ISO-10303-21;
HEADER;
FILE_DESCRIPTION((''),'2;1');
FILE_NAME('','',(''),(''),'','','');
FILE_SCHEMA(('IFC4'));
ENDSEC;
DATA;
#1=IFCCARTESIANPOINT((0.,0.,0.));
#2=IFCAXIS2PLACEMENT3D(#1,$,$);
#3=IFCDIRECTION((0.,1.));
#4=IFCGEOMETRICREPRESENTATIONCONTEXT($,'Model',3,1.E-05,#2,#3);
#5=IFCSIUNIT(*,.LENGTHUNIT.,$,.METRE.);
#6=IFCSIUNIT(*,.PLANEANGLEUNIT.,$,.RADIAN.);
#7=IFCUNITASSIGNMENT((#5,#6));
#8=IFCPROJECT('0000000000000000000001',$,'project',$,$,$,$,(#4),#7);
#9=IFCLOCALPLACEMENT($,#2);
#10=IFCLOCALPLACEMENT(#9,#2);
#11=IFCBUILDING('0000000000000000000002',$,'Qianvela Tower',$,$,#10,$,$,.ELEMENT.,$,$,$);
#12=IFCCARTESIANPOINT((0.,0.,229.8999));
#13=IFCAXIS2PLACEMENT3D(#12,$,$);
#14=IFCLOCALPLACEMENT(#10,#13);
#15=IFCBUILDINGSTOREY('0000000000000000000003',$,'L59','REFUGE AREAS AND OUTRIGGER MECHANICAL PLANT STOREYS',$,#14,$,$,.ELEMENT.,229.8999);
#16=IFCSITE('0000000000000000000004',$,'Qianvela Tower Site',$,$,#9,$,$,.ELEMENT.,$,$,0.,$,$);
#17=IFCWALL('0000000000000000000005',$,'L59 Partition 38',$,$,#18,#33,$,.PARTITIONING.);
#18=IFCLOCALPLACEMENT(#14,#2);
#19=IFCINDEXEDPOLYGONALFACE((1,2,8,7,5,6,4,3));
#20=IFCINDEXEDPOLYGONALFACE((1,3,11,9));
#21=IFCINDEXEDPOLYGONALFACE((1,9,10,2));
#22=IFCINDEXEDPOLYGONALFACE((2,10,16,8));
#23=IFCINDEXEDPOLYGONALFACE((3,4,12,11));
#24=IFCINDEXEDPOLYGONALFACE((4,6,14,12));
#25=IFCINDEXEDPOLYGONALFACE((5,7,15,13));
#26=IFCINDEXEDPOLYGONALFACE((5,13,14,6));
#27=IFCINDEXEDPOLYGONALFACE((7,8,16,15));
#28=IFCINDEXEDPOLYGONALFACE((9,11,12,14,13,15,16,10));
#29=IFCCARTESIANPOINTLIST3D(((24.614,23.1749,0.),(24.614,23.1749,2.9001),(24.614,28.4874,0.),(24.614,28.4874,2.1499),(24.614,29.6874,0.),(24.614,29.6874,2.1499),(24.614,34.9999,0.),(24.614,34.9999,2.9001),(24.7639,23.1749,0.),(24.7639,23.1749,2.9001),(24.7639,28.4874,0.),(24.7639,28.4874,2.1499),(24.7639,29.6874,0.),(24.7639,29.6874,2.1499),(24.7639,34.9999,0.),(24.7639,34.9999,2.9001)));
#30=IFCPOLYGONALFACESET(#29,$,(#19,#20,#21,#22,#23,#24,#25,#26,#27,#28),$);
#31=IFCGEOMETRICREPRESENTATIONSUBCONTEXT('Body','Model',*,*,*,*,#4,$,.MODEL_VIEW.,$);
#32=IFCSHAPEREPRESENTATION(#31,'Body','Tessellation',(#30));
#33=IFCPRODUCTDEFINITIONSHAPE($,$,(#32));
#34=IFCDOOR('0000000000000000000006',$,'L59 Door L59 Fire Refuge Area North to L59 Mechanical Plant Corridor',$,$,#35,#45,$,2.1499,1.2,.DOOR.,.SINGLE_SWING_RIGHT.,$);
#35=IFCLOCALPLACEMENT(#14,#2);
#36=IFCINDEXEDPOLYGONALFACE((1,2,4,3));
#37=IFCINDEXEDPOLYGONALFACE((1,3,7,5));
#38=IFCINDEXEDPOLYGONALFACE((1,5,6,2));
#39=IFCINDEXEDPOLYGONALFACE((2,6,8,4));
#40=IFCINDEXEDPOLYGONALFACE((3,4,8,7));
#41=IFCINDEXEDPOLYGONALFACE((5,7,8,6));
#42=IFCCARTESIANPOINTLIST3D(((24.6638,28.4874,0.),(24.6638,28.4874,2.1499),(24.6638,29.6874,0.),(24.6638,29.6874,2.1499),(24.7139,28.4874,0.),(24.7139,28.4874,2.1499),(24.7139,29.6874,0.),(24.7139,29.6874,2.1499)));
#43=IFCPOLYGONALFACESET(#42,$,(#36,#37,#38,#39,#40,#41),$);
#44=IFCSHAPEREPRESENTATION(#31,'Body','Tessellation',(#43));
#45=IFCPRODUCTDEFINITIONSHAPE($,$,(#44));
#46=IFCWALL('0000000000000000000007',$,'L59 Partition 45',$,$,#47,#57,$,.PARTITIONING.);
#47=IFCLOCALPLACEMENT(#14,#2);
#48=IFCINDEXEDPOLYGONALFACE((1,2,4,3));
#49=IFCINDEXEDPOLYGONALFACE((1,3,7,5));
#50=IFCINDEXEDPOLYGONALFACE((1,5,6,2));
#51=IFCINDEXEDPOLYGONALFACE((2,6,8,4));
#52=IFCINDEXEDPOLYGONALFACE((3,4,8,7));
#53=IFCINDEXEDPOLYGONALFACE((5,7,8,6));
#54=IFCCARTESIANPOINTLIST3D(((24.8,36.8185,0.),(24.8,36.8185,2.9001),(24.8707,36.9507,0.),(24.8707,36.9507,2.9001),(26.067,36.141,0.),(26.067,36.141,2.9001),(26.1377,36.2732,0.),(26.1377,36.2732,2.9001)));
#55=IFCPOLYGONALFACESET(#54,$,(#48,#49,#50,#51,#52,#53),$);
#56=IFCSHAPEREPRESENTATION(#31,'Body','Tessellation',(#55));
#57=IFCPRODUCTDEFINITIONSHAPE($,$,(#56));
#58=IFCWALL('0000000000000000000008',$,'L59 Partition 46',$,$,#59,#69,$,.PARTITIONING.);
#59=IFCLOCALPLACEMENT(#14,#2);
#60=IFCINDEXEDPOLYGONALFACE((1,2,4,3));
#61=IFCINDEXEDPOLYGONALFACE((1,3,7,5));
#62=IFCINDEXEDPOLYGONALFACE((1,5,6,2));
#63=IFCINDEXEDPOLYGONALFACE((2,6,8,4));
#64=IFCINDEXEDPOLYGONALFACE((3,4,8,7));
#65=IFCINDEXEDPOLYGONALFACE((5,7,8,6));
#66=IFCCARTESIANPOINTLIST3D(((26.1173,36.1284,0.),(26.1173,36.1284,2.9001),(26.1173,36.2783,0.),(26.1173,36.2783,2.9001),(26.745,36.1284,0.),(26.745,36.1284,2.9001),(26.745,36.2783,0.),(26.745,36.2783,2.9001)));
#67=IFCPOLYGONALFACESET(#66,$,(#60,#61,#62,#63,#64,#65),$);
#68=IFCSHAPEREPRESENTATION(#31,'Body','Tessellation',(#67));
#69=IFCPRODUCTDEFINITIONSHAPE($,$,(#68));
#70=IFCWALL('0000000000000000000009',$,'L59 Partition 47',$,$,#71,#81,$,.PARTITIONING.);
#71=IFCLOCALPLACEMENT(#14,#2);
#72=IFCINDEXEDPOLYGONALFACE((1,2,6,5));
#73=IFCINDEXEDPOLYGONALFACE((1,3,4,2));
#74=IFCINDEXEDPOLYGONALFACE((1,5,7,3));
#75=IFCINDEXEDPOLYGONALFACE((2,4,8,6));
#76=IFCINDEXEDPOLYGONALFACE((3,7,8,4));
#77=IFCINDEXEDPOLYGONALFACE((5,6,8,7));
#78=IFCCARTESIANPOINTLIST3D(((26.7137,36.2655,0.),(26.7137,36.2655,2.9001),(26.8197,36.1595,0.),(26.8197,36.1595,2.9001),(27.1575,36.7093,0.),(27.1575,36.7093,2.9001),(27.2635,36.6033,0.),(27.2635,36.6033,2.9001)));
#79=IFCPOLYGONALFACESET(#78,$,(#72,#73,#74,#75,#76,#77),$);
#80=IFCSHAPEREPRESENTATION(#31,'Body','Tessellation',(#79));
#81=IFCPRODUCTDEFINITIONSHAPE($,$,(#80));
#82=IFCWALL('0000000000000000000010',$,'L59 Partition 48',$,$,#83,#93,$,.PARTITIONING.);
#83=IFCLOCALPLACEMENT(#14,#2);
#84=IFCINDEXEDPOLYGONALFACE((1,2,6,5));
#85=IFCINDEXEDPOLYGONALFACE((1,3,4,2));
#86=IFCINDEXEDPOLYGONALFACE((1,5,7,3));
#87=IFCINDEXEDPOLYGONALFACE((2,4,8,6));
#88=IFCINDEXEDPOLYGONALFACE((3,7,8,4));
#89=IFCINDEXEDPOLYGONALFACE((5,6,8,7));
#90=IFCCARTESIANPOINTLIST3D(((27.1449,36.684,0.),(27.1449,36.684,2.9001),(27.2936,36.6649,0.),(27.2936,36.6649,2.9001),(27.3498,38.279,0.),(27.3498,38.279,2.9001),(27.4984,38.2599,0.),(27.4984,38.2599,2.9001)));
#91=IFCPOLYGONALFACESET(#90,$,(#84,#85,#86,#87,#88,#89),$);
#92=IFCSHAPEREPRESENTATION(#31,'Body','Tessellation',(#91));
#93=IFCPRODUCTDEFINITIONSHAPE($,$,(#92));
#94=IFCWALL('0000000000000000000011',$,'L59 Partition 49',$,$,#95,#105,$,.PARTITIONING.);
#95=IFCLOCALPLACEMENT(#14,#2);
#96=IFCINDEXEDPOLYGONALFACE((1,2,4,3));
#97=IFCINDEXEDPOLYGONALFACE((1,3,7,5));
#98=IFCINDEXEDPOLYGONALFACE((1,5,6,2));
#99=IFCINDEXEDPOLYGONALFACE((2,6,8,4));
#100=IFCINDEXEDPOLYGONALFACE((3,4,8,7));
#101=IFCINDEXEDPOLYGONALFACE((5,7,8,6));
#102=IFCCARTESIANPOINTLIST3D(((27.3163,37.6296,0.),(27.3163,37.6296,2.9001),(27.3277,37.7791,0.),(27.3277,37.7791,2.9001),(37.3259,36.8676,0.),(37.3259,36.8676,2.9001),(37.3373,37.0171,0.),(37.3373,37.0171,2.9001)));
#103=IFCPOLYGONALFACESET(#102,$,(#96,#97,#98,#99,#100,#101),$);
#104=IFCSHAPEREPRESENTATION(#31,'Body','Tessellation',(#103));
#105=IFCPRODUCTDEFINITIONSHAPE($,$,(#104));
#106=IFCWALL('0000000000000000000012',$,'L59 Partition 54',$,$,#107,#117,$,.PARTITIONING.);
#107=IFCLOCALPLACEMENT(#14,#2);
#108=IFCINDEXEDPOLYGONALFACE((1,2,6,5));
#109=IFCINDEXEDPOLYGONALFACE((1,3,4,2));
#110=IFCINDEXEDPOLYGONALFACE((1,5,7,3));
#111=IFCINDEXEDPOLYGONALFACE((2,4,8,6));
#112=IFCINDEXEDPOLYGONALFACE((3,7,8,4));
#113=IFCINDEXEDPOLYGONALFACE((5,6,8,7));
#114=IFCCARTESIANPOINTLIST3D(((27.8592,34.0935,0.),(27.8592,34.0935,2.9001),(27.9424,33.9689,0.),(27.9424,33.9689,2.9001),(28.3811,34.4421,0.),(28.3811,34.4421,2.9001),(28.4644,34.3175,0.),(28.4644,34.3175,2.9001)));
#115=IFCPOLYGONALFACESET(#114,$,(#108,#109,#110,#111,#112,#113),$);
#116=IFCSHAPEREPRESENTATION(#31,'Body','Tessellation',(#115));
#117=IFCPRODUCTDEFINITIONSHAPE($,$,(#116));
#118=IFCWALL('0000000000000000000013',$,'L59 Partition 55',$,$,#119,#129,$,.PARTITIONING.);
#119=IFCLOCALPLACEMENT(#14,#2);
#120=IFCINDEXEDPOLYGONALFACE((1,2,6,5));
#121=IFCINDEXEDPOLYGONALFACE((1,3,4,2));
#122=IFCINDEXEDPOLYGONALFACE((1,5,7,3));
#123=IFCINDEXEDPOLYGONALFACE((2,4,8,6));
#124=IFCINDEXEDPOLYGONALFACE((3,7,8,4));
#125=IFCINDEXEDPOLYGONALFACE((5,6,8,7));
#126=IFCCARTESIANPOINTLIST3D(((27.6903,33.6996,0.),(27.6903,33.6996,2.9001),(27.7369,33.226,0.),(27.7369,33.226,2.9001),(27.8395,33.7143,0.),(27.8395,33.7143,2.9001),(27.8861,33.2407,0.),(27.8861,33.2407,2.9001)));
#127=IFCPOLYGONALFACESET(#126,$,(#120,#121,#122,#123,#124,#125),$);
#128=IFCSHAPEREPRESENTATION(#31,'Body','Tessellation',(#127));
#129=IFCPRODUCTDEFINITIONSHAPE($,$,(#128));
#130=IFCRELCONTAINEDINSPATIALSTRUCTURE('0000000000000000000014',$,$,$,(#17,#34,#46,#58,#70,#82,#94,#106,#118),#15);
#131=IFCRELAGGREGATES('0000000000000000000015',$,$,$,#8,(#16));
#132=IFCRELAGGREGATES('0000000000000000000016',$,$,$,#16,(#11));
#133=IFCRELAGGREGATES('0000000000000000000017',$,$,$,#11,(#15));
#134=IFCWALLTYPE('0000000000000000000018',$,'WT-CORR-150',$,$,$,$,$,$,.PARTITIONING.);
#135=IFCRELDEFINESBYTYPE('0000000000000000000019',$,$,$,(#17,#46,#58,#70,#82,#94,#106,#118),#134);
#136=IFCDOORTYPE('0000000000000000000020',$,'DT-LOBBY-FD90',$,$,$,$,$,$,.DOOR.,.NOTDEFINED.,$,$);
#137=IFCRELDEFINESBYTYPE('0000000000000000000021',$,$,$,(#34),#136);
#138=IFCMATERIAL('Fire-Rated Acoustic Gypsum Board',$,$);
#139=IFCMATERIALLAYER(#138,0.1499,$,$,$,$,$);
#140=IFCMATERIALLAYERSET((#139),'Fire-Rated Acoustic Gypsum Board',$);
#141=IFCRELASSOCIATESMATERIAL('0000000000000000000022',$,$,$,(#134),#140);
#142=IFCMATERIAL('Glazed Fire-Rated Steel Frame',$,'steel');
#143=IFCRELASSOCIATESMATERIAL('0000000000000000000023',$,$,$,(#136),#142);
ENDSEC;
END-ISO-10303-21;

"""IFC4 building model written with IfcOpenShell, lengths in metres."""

from ifc_helpers import new_model, si_unit, direction, frame, frame_2d, origin, place, context, subcontext, project, spatial, rectangle, extrude, material, layer, layer_set, type_object, element, fill, save


model = new_model("IFC4")

# Units and contexts
model_context = context("Model", 3, precision=1e-05, world=origin(), true_north=direction((0.0, 1.0)))
body_context = subcontext(model_context, "Body", "Model", "MODEL_VIEW")
ifc_project = project(units=[si_unit("LENGTHUNIT", "METRE"), si_unit("PLANEANGLEUNIT", "RADIAN")], contexts=[model_context])

# Site, building, storey
site_placement = place(None, origin())
site = spatial("IfcSite", under=ifc_project, at=site_placement, Name="Qianvela Tower Site", CompositionType="ELEMENT", RefElevation=0.0)
building_placement = place(site_placement, origin())
building = spatial("IfcBuilding", under=site, at=building_placement, Name="Qianvela Tower", CompositionType="ELEMENT")
storey_placement = place(building_placement, frame((0.0, 0.0, 229.8999)))
storey = spatial("IfcBuildingStorey", under=building, at=storey_placement, Name="L59", Description="REFUGE AREAS AND OUTRIGGER MECHANICAL PLANT STOREYS", CompositionType="ELEMENT", Elevation=229.8999)

# Shared definitions
ifc_material_1 = material(Name="Fire-Rated Acoustic Gypsum Board")
ifc_layer_1 = layer(ifc_material_1, 0.1499)
ifc_layer_set_1 = layer_set([ifc_layer_1], Name="Fire-Rated Acoustic Gypsum Board")
wall_type_1 = type_object("IfcWallType", Name="WT-CORR-150", PredefinedType="PARTITIONING", material=ifc_layer_set_1)

# Wall, opening, door
wall_1_placement = place(storey_placement, frame((24.689, 35.0, 0.0), z_axis=(0.0, 0.0, 1.0), x_axis=(0.0, -1.0, 0.0)))
wall_1 = element("IfcWall", 1, at=wall_1_placement, inside=storey, type_object=wall_type_1, Name="L59 Partition 38", PredefinedType="PARTITIONING", context=body_context, shape_type="SweptSolid", body=[
    extrude(rectangle(XDim=11.825, YDim=0.1499, at=frame_2d((5.9126, 0.0))), origin(), (0.0, 0.0, 1.0), 2.9001),
])
opening_1_placement = place(wall_1_placement, frame((5.3125, 0.0, 0.0)))
opening_1 = element("IfcOpeningElement", 2, at=opening_1_placement, cuts=wall_1, PredefinedType="OPENING", context=body_context, shape_type="SweptSolid", body=[
    extrude(rectangle(XDim=1.2, YDim=2.1499, at=frame_2d((0.6001, 1.075))), frame((0.0, 0.085, 0.0), z_axis=(0.0, -1.0, 0.0), x_axis=(1.0, 0.0, 0.0)), (0.0, 0.0, 1.0), 0.1699),
])
ifc_material_2 = material(Name="Glazed Fire-Rated Steel Frame", Category="steel")
door_type = type_object("IfcDoorType", Name="DT-LOBBY-FD90", OperationType="NOTDEFINED", PredefinedType="DOOR", material=ifc_material_2)
door_placement = place(opening_1_placement, origin())
door = element("IfcDoor", 3, at=door_placement, inside=storey, type_object=door_type, Name="L59 Door L59 Fire Refuge Area North to L59 Mechanical Plant Corridor", OperationType="SINGLE_SWING_RIGHT", OverallHeight=2.1499, OverallWidth=1.2, PredefinedType="DOOR", context=body_context, shape_type="SweptSolid", body=[
    extrude(rectangle(XDim=1.2, YDim=2.1499, at=frame_2d((0.6001, 1.075))), frame((0.0, 0.0249, 0.0), z_axis=(0.0, -1.0, 0.0), x_axis=(1.0, 0.0, 0.0)), (0.0, 0.0, 1.0), 0.05),
])
fill(opening_1, door)

# Walls
wall_2_placement = place(storey_placement, frame((24.8354, 36.8845, 0.0), z_axis=(0.0, 0.0, 1.0), x_axis=(0.881859, -0.471514, 0.0)))
element("IfcWall", 4, at=wall_2_placement, inside=storey, type_object=wall_type_1, Name="L59 Partition 45", PredefinedType="PARTITIONING", context=body_context, shape_type="SweptSolid", body=[
    extrude(rectangle(XDim=1.4368, YDim=0.1499, at=frame_2d((0.7183, 0.0))), origin(), (0.0, 0.0, 1.0), 2.9001),
])
for number, where, z_axis, x_axis, name in (
    (5, (26.1172, 36.2034, 0.0), (0.0, 0.0, 1.0), (1.0, 0.0, 0.0), "L59 Partition 46"),
    (6, (26.7666, 36.2124, 0.0), (0.0, 0.0, 1.0), (0.707107, 0.707107, 0.0), "L59 Partition 47"),
):
    element("IfcWall", number, at=place(storey_placement, frame(where, z_axis=z_axis, x_axis=x_axis)), inside=storey, type_object=wall_type_1, Name=name, PredefinedType="PARTITIONING", context=body_context, shape_type="SweptSolid", body=[
        extrude(rectangle(XDim=0.6277, YDim=0.1499, at=frame_2d((0.314, 0.0))), origin(), (0.0, 0.0, 1.0), 2.9001),
    ])
wall_3_placement = place(storey_placement, frame((27.2192, 36.6743, 0.0), z_axis=(0.0, 0.0, 1.0), x_axis=(0.127379, 0.991854, 0.0)))
element("IfcWall", 7, at=wall_3_placement, inside=storey, type_object=wall_type_1, Name="L59 Partition 48", PredefinedType="PARTITIONING", context=body_context, shape_type="SweptSolid", body=[
    extrude(rectangle(XDim=1.6082, YDim=0.1499, at=frame_2d((0.8042, 0.0))), origin(), (0.0, 0.0, 1.0), 2.9001),
])
wall_4_placement = place(storey_placement, frame((27.322, 37.7043, 0.0), z_axis=(0.0, 0.0, 1.0), x_axis=(0.997115, -0.075904, 0.0)))
element("IfcWall", 8, at=wall_4_placement, inside=storey, type_object=wall_type_1, Name="L59 Partition 49", PredefinedType="PARTITIONING", context=body_context, shape_type="SweptSolid", body=[
    extrude(rectangle(XDim=10.0386, YDim=0.1499, at=frame_2d((5.0193, 0.0))), origin(), (0.0, 0.0, 1.0), 2.9001),
])
wall_5_placement = place(storey_placement, frame((28.4229, 34.3799, 0.0), z_axis=(0.0, 0.0, 1.0), x_axis=(-0.831571, -0.555418, 0.0)))
element("IfcWall", 9, at=wall_5_placement, inside=storey, type_object=wall_type_1, Name="L59 Partition 54", PredefinedType="PARTITIONING", context=body_context, shape_type="SweptSolid", body=[
    extrude(rectangle(XDim=0.6277, YDim=0.1499, at=frame_2d((0.314, 0.0))), origin(), (0.0, 0.0, 1.0), 2.9001),
])
wall_6_placement = place(storey_placement, frame((27.7649, 33.7068, 0.0), z_axis=(0.0, 0.0, 1.0), x_axis=(0.09798, -0.995188, 0.0)))
element("IfcWall", 10, at=wall_6_placement, inside=storey, type_object=wall_type_1, Name="L59 Partition 55", PredefinedType="PARTITIONING", context=body_context, shape_type="SweptSolid", body=[
    extrude(rectangle(XDim=0.4758, YDim=0.1499, at=frame_2d((0.2378, 0.0))), origin(), (0.0, 0.0, 1.0), 2.9001),
])

save(model, "model.ifc")
